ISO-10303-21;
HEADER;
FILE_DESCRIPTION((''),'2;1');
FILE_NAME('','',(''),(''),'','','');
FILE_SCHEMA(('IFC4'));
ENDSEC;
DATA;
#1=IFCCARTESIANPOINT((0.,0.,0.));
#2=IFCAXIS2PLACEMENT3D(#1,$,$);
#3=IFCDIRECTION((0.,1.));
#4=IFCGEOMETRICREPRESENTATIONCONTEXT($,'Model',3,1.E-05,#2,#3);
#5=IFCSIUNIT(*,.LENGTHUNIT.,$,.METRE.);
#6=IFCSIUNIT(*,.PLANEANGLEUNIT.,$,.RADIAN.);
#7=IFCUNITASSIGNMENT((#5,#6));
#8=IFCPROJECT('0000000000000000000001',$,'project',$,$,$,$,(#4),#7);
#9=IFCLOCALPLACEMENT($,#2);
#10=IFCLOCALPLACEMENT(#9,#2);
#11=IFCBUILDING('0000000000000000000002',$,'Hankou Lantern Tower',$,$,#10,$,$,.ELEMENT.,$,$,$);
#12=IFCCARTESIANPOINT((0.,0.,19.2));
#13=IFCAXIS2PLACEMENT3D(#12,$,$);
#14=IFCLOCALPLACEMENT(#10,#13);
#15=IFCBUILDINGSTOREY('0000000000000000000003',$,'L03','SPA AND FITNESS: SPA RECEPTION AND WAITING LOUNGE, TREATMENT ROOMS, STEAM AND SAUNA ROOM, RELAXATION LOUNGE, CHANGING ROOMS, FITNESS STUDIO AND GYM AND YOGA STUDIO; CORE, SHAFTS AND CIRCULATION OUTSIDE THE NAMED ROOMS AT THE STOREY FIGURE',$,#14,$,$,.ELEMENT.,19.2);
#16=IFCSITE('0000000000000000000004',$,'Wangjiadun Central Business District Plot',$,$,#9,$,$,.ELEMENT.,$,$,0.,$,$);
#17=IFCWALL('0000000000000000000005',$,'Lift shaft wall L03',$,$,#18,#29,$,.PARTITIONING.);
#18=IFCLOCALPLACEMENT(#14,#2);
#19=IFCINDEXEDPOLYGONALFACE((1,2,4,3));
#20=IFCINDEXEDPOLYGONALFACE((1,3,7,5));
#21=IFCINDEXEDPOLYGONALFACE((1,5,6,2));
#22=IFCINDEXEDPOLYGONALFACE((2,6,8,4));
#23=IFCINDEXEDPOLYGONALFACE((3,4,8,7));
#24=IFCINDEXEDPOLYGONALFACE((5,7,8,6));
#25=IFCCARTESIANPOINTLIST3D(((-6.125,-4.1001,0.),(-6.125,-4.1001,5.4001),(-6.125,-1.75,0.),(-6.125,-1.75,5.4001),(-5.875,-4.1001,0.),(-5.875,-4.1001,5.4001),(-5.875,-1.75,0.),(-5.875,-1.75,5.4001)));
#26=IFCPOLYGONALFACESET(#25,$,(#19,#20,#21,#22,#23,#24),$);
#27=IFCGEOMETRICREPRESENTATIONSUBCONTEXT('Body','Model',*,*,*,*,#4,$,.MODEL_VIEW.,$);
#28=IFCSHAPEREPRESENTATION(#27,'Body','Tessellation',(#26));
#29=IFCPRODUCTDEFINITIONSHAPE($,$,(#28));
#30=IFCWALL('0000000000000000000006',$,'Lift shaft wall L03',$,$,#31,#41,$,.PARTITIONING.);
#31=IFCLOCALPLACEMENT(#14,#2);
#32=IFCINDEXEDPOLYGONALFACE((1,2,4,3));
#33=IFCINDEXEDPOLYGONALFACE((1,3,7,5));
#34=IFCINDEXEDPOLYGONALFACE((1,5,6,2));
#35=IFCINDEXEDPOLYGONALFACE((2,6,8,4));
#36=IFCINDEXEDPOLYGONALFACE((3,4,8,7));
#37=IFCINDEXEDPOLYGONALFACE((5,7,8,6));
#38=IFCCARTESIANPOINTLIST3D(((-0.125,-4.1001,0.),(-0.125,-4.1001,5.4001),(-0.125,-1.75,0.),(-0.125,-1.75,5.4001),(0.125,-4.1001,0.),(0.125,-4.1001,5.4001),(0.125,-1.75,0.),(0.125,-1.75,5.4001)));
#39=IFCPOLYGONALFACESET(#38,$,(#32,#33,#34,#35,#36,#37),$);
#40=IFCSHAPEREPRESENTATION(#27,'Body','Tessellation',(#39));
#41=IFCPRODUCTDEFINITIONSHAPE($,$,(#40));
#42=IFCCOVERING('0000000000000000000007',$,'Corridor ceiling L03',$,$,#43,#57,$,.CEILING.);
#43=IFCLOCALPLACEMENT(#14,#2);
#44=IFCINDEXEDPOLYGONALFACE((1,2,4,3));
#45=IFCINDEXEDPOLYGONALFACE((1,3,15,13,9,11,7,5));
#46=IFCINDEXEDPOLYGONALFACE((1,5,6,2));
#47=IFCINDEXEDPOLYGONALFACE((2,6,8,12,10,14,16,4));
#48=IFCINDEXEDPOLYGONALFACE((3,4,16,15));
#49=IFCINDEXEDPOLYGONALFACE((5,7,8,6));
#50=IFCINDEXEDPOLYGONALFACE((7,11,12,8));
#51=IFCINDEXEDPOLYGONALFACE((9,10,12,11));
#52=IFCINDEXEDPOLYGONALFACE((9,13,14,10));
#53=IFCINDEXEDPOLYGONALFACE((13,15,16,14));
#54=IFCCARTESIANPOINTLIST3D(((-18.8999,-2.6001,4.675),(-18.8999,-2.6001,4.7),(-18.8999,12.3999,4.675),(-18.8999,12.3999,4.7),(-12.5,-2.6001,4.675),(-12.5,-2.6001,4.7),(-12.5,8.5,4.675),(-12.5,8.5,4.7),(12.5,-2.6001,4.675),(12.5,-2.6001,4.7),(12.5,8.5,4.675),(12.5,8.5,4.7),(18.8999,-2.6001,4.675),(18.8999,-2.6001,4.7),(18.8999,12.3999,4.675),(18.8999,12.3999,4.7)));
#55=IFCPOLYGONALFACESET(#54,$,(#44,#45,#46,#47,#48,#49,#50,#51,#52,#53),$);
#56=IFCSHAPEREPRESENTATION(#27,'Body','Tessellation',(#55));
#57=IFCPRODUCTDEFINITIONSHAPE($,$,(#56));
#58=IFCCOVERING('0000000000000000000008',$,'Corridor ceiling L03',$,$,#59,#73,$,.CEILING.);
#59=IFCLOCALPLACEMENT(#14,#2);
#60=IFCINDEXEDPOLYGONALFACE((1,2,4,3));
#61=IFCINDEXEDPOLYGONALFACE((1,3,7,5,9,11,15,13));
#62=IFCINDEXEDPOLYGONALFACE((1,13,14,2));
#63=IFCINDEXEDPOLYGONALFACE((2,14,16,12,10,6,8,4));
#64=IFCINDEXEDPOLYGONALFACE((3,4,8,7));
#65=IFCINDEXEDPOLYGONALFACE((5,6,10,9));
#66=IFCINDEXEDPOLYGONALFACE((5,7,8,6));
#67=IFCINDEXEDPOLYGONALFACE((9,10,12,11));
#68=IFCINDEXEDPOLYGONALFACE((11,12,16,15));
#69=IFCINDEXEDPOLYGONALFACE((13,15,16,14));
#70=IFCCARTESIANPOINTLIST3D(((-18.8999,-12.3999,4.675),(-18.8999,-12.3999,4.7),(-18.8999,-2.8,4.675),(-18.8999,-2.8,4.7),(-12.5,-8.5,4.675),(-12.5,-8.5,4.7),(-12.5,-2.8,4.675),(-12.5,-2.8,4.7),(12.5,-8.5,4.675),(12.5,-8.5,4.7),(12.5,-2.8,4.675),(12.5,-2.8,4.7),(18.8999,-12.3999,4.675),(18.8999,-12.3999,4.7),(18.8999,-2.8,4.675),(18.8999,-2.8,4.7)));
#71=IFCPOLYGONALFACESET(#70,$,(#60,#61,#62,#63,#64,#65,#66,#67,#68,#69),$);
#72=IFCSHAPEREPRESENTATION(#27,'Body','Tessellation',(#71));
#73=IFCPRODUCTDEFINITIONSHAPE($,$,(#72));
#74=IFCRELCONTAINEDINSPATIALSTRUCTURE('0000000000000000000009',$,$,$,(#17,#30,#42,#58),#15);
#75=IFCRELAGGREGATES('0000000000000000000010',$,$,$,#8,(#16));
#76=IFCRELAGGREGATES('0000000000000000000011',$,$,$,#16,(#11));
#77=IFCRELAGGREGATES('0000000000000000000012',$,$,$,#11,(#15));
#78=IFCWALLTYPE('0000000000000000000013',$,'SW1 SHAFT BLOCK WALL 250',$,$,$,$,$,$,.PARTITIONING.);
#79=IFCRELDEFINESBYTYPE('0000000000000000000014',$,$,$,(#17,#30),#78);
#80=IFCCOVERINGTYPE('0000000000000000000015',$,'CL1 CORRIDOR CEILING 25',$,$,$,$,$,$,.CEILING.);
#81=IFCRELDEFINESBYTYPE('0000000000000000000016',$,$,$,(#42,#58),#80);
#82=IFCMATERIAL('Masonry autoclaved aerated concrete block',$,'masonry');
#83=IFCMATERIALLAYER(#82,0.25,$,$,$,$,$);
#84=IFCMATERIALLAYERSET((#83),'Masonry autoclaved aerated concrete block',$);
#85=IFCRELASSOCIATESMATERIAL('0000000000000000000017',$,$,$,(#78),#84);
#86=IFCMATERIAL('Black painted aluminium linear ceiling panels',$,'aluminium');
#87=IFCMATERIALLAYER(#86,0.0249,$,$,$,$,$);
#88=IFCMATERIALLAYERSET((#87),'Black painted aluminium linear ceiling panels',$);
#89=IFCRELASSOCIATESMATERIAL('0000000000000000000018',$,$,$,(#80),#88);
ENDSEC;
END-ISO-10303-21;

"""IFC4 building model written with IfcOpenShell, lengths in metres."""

from ifc_helpers import new_model, si_unit, direction, frame, frame_2d, origin, place, context, subcontext, project, spatial, polyline, rectangle, outline, extrude, material, layer, layer_set, type_object, element, save


model = new_model("IFC4")

# Units and contexts
model_context = context("Model", 3, precision=1e-05, world=origin(), true_north=direction((0.0, 1.0)))
body_context = subcontext(model_context, "Body", "Model", "MODEL_VIEW")
ifc_project = project(units=[si_unit("LENGTHUNIT", "METRE"), si_unit("PLANEANGLEUNIT", "RADIAN")], contexts=[model_context])

# Site, building, storey
site_placement = place(None, origin())
site = spatial("IfcSite", under=ifc_project, at=site_placement, Name="Wangjiadun Central Business District Plot", CompositionType="ELEMENT", RefElevation=0.0)
building_placement = place(site_placement, origin())
building = spatial("IfcBuilding", under=site, at=building_placement, Name="Hankou Lantern Tower", CompositionType="ELEMENT")
storey_placement = place(building_placement, frame((0.0, 0.0, 19.2)))
storey = spatial("IfcBuildingStorey", under=building, at=storey_placement, Name="L03", Description="SPA AND FITNESS: SPA RECEPTION AND WAITING LOUNGE, TREATMENT ROOMS, STEAM AND SAUNA ROOM, RELAXATION LOUNGE, CHANGING ROOMS, FITNESS STUDIO AND GYM AND YOGA STUDIO; CORE, SHAFTS AND CIRCULATION OUTSIDE THE NAMED ROOMS AT THE STOREY FIGURE", CompositionType="ELEMENT", Elevation=19.2)

# Walls
ifc_material_1 = material(Name="Masonry autoclaved aerated concrete block", Category="masonry")
ifc_layer_1 = layer(ifc_material_1, 0.25)
ifc_layer_set_1 = layer_set([ifc_layer_1], Name="Masonry autoclaved aerated concrete block")
wall_type_1 = type_object("IfcWallType", Name="SW1 SHAFT BLOCK WALL 250", PredefinedType="PARTITIONING", material=ifc_layer_set_1)
for number, where, z_axis, x_axis, name in (
    (1, (-6.0, -4.1001, 0.0), (0.0, 0.0, 1.0), (0.0, 1.0, 0.0), "Lift shaft wall L03"),
    (2, (0.0, -4.1001, 0.0), (0.0, 0.0, 1.0), (0.0, 1.0, 0.0), "Lift shaft wall L03"),
):
    element("IfcWall", number, at=place(storey_placement, frame(where, z_axis=z_axis, x_axis=x_axis)), inside=storey, type_object=wall_type_1, Name=name, PredefinedType="PARTITIONING", context=body_context, shape_type="SweptSolid", body=[
        extrude(rectangle(XDim=2.3501, YDim=0.25, at=frame_2d((1.175, 0.0))), origin(), (0.0, 0.0, 1.0), 5.4001),
    ])

# Coverings
ifc_material_2 = material(Name="Black painted aluminium linear ceiling panels", Category="aluminium")
ifc_layer_2 = layer(ifc_material_2, 0.0249)
ifc_layer_set_2 = layer_set([ifc_layer_2], Name="Black painted aluminium linear ceiling panels")
covering_type = type_object("IfcCoveringType", Name="CL1 CORRIDOR CEILING 25", PredefinedType="CEILING", material=ifc_layer_set_2)
covering_1_placement = place(storey_placement, frame((0.0, 0.0, 4.675)))
element("IfcCovering", 3, at=covering_1_placement, inside=storey, type_object=covering_type, Name="Corridor ceiling L03", PredefinedType="CEILING", context=body_context, shape_type="SweptSolid", body=[
    extrude(outline(polyline([(-18.8999, 12.3999), (-18.8999, -2.6001), (-12.5, -2.6001), (-12.5, 8.5), (12.5, 8.5), (12.5, -2.6001), (18.8999, -2.6001), (18.8999, 12.3999), (-18.8999, 12.3999)])), origin(), (0.0, 0.0, 1.0), 0.0249),
])
covering_2_placement = place(storey_placement, frame((0.0, 0.0, 4.675)))
element("IfcCovering", 4, at=covering_2_placement, inside=storey, type_object=covering_type, Name="Corridor ceiling L03", PredefinedType="CEILING", context=body_context, shape_type="SweptSolid", body=[
    extrude(outline(polyline([(18.8999, -2.8), (12.5, -2.8), (12.5, -8.5), (-12.5, -8.5), (-12.5, -2.8), (-18.8999, -2.8), (-18.8999, -12.3999), (18.8999, -12.3999), (18.8999, -2.8)])), origin(), (0.0, 0.0, 1.0), 0.0249),
])

save(model, "model.ifc")
